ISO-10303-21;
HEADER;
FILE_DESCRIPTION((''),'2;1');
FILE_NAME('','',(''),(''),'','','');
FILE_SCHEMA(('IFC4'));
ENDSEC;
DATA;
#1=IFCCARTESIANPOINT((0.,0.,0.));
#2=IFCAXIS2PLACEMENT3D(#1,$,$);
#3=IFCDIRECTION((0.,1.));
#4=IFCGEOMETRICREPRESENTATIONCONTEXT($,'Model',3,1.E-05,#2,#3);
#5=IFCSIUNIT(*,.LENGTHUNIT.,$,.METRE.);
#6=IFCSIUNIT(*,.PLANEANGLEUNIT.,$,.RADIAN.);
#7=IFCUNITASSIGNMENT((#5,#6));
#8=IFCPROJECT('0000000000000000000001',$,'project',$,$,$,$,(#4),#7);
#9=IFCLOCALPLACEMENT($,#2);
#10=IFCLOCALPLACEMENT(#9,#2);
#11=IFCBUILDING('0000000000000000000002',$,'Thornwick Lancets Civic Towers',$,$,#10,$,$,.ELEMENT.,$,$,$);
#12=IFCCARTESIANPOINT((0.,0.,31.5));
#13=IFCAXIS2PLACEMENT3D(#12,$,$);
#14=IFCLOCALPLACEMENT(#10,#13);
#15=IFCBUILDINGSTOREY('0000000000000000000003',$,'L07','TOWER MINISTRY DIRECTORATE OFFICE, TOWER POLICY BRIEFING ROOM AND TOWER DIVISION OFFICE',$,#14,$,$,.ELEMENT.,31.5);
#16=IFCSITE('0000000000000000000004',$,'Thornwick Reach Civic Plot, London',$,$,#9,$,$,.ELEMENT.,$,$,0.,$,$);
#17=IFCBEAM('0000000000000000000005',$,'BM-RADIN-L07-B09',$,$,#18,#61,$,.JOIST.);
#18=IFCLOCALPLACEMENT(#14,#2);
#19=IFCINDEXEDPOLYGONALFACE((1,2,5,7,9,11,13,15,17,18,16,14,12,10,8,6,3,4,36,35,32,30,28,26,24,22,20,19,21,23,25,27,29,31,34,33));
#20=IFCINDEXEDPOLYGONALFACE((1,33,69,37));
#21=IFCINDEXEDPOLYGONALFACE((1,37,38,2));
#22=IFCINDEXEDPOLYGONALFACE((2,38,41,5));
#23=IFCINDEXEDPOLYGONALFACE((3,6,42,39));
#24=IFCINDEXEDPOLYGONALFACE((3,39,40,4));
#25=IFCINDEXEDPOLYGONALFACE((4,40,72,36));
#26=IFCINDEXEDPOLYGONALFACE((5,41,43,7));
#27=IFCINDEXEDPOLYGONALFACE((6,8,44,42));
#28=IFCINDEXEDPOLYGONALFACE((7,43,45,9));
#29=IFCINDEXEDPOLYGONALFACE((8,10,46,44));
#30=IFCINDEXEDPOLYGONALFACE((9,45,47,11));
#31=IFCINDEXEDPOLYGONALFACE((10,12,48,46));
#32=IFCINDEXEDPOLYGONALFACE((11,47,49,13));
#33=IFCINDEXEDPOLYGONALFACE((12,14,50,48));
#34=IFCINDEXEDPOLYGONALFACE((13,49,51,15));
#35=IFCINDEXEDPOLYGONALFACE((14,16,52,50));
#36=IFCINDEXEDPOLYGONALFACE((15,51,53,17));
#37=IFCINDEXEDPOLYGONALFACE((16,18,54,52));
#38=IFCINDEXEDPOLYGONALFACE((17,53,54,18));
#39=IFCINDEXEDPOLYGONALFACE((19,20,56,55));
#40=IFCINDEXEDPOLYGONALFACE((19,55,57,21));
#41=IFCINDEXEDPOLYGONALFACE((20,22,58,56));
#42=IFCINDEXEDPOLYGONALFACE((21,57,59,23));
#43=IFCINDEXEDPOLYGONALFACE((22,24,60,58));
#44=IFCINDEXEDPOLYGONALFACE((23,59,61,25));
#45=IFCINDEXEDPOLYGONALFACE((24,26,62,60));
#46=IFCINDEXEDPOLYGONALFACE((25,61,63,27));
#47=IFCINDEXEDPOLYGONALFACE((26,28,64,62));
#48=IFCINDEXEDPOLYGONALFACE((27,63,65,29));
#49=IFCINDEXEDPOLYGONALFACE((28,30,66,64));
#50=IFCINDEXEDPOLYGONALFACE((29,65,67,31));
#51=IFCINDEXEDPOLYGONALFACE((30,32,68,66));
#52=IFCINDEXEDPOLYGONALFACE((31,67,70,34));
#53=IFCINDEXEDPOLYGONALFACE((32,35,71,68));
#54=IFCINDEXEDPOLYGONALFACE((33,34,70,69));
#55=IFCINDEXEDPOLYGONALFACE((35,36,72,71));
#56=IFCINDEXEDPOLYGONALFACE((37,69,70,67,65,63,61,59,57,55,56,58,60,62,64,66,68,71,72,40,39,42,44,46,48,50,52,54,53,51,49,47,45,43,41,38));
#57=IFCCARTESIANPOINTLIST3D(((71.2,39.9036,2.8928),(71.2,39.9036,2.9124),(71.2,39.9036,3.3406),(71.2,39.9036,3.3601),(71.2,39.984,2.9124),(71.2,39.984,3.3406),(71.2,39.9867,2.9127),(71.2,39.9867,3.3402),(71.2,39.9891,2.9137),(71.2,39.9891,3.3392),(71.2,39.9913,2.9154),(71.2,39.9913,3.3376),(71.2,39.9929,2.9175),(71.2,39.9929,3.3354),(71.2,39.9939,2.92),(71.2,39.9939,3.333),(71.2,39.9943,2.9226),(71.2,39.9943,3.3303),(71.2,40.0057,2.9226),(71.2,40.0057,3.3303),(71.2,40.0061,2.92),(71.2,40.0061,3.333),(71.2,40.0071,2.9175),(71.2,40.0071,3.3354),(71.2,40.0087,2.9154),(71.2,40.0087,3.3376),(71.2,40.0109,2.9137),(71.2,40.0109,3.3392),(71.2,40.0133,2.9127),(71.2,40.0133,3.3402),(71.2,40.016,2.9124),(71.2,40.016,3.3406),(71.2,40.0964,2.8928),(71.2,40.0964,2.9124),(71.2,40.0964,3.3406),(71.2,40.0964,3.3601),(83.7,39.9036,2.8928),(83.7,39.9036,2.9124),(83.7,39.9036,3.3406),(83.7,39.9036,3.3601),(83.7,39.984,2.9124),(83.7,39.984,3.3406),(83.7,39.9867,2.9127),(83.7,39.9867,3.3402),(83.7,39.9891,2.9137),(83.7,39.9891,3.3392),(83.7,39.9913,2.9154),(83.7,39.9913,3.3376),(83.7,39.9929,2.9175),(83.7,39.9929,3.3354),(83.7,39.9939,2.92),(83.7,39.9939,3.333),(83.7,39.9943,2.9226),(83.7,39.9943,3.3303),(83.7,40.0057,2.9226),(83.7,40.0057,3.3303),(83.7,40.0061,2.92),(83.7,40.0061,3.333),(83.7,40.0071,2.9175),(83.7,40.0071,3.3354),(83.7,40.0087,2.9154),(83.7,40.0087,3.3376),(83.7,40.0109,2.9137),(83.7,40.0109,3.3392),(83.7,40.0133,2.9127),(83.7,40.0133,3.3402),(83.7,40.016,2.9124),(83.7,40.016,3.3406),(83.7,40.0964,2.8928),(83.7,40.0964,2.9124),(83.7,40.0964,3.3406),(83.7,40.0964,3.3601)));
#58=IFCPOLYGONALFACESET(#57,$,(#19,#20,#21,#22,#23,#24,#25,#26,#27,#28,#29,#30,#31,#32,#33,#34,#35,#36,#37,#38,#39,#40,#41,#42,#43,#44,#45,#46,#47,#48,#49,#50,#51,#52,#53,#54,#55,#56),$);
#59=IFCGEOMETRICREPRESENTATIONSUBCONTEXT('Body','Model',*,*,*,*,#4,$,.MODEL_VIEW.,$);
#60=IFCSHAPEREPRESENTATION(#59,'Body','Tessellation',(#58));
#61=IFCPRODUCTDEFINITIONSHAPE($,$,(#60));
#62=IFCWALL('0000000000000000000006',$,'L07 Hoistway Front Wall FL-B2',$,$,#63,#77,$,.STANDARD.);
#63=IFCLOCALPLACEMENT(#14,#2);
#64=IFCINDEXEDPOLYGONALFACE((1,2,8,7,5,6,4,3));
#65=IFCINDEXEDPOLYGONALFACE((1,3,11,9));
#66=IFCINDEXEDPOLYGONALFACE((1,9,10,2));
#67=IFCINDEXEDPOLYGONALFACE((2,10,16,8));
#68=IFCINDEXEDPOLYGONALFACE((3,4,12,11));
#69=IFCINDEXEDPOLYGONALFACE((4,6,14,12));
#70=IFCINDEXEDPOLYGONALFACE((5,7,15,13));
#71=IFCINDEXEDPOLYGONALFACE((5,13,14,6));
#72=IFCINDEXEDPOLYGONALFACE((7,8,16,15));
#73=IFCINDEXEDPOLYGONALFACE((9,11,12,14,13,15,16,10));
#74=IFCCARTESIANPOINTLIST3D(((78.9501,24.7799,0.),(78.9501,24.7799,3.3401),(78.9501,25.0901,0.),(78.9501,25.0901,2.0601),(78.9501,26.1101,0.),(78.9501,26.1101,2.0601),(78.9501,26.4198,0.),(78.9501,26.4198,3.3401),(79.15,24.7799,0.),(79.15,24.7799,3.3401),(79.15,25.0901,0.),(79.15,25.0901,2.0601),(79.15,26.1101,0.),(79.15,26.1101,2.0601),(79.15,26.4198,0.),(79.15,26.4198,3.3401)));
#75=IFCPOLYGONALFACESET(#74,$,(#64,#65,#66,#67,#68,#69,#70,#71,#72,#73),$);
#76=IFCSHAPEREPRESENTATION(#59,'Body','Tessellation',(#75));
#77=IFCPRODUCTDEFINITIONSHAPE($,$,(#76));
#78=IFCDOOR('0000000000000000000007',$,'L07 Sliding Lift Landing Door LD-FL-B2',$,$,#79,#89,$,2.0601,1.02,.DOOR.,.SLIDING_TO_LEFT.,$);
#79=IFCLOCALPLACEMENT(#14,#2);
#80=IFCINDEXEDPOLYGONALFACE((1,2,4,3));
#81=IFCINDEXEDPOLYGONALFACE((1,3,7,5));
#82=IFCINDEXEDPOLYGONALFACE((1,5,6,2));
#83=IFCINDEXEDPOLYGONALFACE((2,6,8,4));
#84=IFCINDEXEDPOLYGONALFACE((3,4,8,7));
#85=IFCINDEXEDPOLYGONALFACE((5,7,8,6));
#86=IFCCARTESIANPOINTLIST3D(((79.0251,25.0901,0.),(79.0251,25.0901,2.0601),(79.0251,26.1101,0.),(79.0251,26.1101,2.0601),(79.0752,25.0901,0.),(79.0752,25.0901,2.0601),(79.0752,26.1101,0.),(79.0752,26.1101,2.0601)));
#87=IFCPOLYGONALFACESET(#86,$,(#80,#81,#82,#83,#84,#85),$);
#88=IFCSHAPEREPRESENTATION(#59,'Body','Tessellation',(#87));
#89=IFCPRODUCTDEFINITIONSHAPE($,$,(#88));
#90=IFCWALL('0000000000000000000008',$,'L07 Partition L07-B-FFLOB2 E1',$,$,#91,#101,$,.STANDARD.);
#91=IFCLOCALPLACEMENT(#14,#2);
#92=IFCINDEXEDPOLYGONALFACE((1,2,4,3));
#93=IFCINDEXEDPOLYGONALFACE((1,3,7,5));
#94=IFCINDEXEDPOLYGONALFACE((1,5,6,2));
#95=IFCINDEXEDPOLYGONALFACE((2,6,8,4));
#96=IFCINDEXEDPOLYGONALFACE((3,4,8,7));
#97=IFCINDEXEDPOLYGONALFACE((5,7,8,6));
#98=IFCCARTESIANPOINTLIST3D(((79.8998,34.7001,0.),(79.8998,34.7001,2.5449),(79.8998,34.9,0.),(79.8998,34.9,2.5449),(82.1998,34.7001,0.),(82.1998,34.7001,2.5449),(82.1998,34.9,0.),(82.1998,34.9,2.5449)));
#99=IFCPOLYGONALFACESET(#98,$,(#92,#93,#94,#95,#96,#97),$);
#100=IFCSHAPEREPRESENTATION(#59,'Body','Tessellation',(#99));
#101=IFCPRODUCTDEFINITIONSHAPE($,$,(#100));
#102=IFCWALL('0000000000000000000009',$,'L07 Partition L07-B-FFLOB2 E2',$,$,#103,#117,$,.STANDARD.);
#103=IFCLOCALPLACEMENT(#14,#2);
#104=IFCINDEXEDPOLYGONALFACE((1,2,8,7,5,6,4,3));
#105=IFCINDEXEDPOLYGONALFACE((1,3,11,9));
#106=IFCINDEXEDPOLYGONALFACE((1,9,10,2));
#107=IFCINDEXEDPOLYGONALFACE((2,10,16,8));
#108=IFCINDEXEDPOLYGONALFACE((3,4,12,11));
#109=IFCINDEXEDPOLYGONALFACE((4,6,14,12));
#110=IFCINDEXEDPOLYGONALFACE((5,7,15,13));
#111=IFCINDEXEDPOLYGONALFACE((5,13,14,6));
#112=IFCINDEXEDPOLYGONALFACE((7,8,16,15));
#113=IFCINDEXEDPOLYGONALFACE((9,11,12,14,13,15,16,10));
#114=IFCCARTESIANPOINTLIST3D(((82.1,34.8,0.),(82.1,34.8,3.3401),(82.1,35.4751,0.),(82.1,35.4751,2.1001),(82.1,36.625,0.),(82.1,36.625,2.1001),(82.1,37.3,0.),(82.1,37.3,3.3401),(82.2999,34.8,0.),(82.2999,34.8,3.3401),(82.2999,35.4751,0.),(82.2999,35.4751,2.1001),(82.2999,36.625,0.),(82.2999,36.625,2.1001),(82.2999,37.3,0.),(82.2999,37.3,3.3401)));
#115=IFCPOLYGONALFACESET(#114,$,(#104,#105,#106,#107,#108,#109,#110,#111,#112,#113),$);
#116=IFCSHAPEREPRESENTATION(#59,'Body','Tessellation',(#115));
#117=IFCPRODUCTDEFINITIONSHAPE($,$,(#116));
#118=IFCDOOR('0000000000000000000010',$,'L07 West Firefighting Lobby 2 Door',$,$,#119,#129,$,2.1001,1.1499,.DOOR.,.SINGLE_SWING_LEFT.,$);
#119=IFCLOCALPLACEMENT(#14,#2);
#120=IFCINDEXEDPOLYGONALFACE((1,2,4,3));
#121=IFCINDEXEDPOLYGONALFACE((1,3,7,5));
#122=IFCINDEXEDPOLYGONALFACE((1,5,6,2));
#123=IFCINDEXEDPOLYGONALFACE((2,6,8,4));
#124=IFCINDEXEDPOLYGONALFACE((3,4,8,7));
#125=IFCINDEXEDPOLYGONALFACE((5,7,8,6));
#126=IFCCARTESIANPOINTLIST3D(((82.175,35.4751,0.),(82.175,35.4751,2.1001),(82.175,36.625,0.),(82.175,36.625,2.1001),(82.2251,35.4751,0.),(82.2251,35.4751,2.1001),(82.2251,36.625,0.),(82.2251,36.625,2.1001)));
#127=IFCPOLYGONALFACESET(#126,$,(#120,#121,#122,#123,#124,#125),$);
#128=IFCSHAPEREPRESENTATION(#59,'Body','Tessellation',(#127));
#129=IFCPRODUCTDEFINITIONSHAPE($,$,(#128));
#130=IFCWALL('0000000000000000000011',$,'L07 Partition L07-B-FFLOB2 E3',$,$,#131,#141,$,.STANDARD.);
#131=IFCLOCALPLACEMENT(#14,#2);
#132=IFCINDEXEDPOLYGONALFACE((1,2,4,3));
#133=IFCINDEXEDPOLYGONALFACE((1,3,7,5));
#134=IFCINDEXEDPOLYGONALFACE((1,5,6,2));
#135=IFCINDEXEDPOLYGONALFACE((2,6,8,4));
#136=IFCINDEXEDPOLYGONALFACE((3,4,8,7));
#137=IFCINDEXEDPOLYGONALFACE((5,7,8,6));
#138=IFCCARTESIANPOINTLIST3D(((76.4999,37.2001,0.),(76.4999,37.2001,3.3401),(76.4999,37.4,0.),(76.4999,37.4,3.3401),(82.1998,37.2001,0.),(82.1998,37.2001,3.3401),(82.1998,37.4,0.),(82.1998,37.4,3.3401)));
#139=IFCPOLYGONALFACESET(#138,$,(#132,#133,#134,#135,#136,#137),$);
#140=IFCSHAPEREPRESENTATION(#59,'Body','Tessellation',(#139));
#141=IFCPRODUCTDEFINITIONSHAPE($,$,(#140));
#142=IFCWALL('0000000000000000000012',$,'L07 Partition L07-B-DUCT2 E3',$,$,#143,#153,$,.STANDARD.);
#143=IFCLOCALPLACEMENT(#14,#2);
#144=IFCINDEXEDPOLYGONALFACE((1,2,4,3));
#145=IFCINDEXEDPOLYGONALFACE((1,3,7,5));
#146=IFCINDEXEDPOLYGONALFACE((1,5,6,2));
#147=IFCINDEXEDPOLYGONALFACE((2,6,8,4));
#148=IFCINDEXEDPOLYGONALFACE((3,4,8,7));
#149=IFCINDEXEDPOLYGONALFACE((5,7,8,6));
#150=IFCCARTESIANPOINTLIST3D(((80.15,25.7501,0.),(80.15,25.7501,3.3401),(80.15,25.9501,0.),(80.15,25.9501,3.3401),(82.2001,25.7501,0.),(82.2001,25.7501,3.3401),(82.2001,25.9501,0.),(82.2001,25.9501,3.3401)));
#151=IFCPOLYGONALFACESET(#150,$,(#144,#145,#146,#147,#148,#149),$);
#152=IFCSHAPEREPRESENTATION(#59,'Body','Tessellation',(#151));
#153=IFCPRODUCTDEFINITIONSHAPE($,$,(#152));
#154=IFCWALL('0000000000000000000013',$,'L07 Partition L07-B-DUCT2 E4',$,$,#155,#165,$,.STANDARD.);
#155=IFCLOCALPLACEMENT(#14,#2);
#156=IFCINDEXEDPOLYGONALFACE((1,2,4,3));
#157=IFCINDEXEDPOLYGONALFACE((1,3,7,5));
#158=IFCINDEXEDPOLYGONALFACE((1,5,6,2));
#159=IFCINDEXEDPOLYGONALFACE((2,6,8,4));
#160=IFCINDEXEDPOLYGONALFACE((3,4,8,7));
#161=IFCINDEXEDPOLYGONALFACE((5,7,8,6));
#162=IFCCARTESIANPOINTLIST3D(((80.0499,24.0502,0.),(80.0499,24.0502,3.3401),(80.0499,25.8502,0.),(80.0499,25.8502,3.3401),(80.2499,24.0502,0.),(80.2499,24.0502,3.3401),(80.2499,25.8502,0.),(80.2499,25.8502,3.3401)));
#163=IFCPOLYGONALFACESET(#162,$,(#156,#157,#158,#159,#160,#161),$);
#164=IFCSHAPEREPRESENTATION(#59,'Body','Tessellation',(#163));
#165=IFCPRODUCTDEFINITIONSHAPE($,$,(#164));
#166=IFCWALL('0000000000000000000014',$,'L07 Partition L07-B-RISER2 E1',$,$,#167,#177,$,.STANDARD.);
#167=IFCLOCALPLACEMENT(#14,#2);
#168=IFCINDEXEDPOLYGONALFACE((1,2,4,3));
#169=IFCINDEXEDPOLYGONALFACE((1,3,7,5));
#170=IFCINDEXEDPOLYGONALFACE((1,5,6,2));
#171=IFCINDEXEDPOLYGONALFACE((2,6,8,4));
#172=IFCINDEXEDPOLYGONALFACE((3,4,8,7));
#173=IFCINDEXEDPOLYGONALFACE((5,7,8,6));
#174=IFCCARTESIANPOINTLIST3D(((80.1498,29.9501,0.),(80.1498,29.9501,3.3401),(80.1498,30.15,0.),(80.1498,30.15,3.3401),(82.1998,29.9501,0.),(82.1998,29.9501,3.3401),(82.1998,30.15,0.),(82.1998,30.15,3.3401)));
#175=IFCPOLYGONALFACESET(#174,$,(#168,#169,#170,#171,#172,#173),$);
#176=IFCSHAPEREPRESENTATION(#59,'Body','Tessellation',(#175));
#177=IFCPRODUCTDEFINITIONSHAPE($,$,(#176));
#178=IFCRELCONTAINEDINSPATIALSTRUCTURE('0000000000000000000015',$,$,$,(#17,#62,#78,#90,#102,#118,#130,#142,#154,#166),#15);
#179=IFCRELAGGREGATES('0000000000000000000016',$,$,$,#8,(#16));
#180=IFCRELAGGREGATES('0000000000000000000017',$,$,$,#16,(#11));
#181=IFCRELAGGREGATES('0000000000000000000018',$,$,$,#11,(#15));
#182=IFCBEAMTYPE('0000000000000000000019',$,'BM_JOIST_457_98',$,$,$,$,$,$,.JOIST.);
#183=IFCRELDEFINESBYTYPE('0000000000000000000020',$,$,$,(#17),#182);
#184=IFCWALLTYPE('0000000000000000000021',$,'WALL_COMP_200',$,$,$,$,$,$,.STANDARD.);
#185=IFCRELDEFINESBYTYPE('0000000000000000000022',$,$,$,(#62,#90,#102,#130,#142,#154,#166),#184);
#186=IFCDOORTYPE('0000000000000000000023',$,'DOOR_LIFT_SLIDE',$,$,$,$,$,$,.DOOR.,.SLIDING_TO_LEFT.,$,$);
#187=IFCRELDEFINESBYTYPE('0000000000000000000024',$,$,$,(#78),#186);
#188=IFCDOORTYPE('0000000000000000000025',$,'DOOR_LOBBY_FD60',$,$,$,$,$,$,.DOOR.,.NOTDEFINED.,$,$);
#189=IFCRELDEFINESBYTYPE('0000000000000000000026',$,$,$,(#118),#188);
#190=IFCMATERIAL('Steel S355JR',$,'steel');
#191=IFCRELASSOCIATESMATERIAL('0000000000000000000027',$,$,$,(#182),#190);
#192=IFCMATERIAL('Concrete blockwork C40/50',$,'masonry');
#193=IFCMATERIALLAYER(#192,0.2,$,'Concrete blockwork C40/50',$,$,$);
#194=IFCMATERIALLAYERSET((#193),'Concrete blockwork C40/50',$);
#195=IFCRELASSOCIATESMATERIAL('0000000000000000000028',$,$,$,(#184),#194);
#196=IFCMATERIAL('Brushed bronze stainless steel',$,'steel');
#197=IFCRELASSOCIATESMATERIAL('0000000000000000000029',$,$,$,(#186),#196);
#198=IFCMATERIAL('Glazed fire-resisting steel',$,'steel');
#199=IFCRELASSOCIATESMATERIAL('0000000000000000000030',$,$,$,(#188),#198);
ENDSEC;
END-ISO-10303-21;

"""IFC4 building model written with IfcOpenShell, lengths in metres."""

from ifc_helpers import new_model, si_unit, direction, frame, frame_2d, origin, origin_2d, place, context, subcontext, project, spatial, rectangle, i_section, extrude, material, layer, layer_set, material_profile, profile_set, type_object, element, fill, save


model = new_model("IFC4")

# Units and contexts
model_context = context("Model", 3, precision=1e-05, world=origin(), true_north=direction((0.0, 1.0)))
body_context = subcontext(model_context, "Body", "Model", "MODEL_VIEW")
ifc_project = project(units=[si_unit("LENGTHUNIT", "METRE"), si_unit("PLANEANGLEUNIT", "RADIAN")], contexts=[model_context])

# Site, building, storey
site_placement = place(None, origin())
site = spatial("IfcSite", under=ifc_project, at=site_placement, Name="Thornwick Reach Civic Plot, London", CompositionType="ELEMENT", RefElevation=0.0)
building_placement = place(site_placement, origin())
building = spatial("IfcBuilding", under=site, at=building_placement, Name="Thornwick Lancets Civic Towers", CompositionType="ELEMENT")
storey_placement = place(building_placement, frame((0.0, 0.0, 31.5)))
storey = spatial("IfcBuildingStorey", under=building, at=storey_placement, Name="L07", Description="TOWER MINISTRY DIRECTORATE OFFICE, TOWER POLICY BRIEFING ROOM AND TOWER DIVISION OFFICE", CompositionType="ELEMENT", Elevation=31.5)

# Beam
ifc_material_1 = material(Name="Steel S355JR", Category="steel")
ifc_material_profile_1 = material_profile(ifc_material_1, i_section(OverallWidth=0.1929, OverallDepth=0.4673, WebThickness=0.0115, FlangeThickness=0.0195, FilletRadius=0.0103, at=origin_2d()), Name="UKB 457x191x98")
ifc_profile_set_1 = profile_set([ifc_material_profile_1], Name="Steel S355JR")
beam_type_1 = type_object("IfcBeamType", Name="BM_JOIST_457_98", PredefinedType="JOIST", material=ifc_profile_set_1)
beam_1_placement = place(storey_placement, frame((83.7, 40.0, 3.1265), z_axis=(-1.0, 0.0, 0.0), x_axis=(0.0, -1.0, 0.0)))
element("IfcBeam", 1, at=beam_1_placement, inside=storey, type_object=beam_type_1, Name="BM-RADIN-L07-B09", PredefinedType="JOIST", context=body_context, shape_type="SweptSolid", body=[
    extrude(i_section(OverallWidth=0.1929, OverallDepth=0.4673, WebThickness=0.0115, FlangeThickness=0.0195, FilletRadius=0.0103, at=origin_2d()), origin(), (0.0, 0.0, 1.0), 12.5),
])

# Wall, opening, door
ifc_material_2 = material(Name="Concrete blockwork C40/50", Category="masonry")
ifc_layer_1 = layer(ifc_material_2, 0.2, Name="Concrete blockwork C40/50")
ifc_layer_set_1 = layer_set([ifc_layer_1], Name="Concrete blockwork C40/50")
wall_type_1 = type_object("IfcWallType", Name="WALL_COMP_200", PredefinedType="STANDARD", material=ifc_layer_set_1)
wall_1_placement = place(storey_placement, frame((79.05, 24.78, 0.0), z_axis=(0.0, 0.0, 1.0), x_axis=(0.0, 1.0, 0.0)))
wall_1 = element("IfcWall", 2, at=wall_1_placement, inside=storey, type_object=wall_type_1, Name="L07 Hoistway Front Wall FL-B2", PredefinedType="STANDARD", context=body_context, shape_type="SweptSolid", body=[
    extrude(rectangle(XDim=1.6399, YDim=0.2, at=frame_2d((0.8198, 0.0))), origin(), (0.0, 0.0, 1.0), 3.3401),
])
opening_1_placement = place(wall_1_placement, frame((0.3101, 0.0, 0.0)))
opening_1 = element("IfcOpeningElement", 3, at=opening_1_placement, cuts=wall_1, PredefinedType="OPENING", context=body_context, shape_type="SweptSolid", body=[
    extrude(rectangle(XDim=1.02, YDim=2.0601, at=frame_2d((0.51, 1.03))), frame((0.0, 0.1099, 0.0), z_axis=(0.0, -1.0, 0.0), x_axis=(1.0, 0.0, 0.0)), (0.0, 0.0, 1.0), 0.22),
])
ifc_material_3 = material(Name="Brushed bronze stainless steel", Category="steel")
door_type_1 = type_object("IfcDoorType", Name="DOOR_LIFT_SLIDE", OperationType="SLIDING_TO_LEFT", PredefinedType="DOOR", material=ifc_material_3)
door_1_placement = place(opening_1_placement, origin())
door_1 = element("IfcDoor", 4, at=door_1_placement, inside=storey, type_object=door_type_1, Name="L07 Sliding Lift Landing Door LD-FL-B2", OperationType="SLIDING_TO_LEFT", OverallHeight=2.0601, OverallWidth=1.02, PredefinedType="DOOR", context=body_context, shape_type="SweptSolid", body=[
    extrude(rectangle(XDim=1.02, YDim=2.0601, at=frame_2d((0.51, 1.03))), frame((0.0, 0.0249, 0.0), z_axis=(0.0, -1.0, 0.0), x_axis=(1.0, 0.0, 0.0)), (0.0, 0.0, 1.0), 0.05),
])
fill(opening_1, door_1)

# Wall
wall_2_placement = place(storey_placement, frame((79.8999, 34.8, 0.0), z_axis=(0.0, 0.0, 1.0), x_axis=(1.0, 0.0, 0.0)))
element("IfcWall", 5, at=wall_2_placement, inside=storey, type_object=wall_type_1, Name="L07 Partition L07-B-FFLOB2 E1", PredefinedType="STANDARD", context=body_context, shape_type="SweptSolid", body=[
    extrude(rectangle(XDim=2.3, YDim=0.2, at=frame_2d((1.1499, 0.0))), origin(), (0.0, 0.0, 1.0), 2.5449),
])

# Wall, opening, door
wall_3_placement = place(storey_placement, frame((82.2, 34.8, 0.0), z_axis=(0.0, 0.0, 1.0), x_axis=(0.0, 1.0, 0.0)))
wall_3 = element("IfcWall", 6, at=wall_3_placement, inside=storey, type_object=wall_type_1, Name="L07 Partition L07-B-FFLOB2 E2", PredefinedType="STANDARD", context=body_context, shape_type="SweptSolid", body=[
    extrude(rectangle(XDim=2.5, YDim=0.2, at=frame_2d((1.25, 0.0))), origin(), (0.0, 0.0, 1.0), 3.3401),
])
opening_2_placement = place(wall_3_placement, frame((0.675, 0.0, 0.0)))
opening_2 = element("IfcOpeningElement", 7, at=opening_2_placement, cuts=wall_3, PredefinedType="OPENING", context=body_context, shape_type="SweptSolid", body=[
    extrude(rectangle(XDim=1.1499, YDim=2.1001, at=frame_2d((0.575, 1.05))), frame((0.0, 0.1099, 0.0), z_axis=(0.0, -1.0, 0.0), x_axis=(1.0, 0.0, 0.0)), (0.0, 0.0, 1.0), 0.22),
])
ifc_material_4 = material(Name="Glazed fire-resisting steel", Category="steel")
door_type_2 = type_object("IfcDoorType", Name="DOOR_LOBBY_FD60", OperationType="NOTDEFINED", PredefinedType="DOOR", material=ifc_material_4)
door_2_placement = place(opening_2_placement, origin())
door_2 = element("IfcDoor", 8, at=door_2_placement, inside=storey, type_object=door_type_2, Name="L07 West Firefighting Lobby 2 Door", OperationType="SINGLE_SWING_LEFT", OverallHeight=2.1001, OverallWidth=1.1499, PredefinedType="DOOR", context=body_context, shape_type="SweptSolid", body=[
    extrude(rectangle(XDim=1.1499, YDim=2.1001, at=frame_2d((0.575, 1.05))), frame((0.0, 0.0249, 0.0), z_axis=(0.0, -1.0, 0.0), x_axis=(1.0, 0.0, 0.0)), (0.0, 0.0, 1.0), 0.05),
])
fill(opening_2, door_2)

# Walls
wall_4_placement = place(storey_placement, frame((82.2, 37.3, 0.0), z_axis=(0.0, 0.0, 1.0), x_axis=(-1.0, 0.0, 0.0)))
element("IfcWall", 9, at=wall_4_placement, inside=storey, type_object=wall_type_1, Name="L07 Partition L07-B-FFLOB2 E3", PredefinedType="STANDARD", context=body_context, shape_type="SweptSolid", body=[
    extrude(rectangle(XDim=5.7, YDim=0.2, at=frame_2d((2.8501, 0.0))), origin(), (0.0, 0.0, 1.0), 3.3401),
])
wall_5_placement = place(storey_placement, frame((82.2, 25.8501, 0.0), z_axis=(0.0, 0.0, 1.0), x_axis=(-1.0, 0.0, 0.0)))
element("IfcWall", 10, at=wall_5_placement, inside=storey, type_object=wall_type_1, Name="L07 Partition L07-B-DUCT2 E3", PredefinedType="STANDARD", context=body_context, shape_type="SweptSolid", body=[
    extrude(rectangle(XDim=2.05, YDim=0.2, at=frame_2d((1.0249, 0.0))), origin(), (0.0, 0.0, 1.0), 3.3401),
])
wall_6_placement = place(storey_placement, frame((80.1499, 25.8501, 0.0), z_axis=(0.0, 0.0, 1.0), x_axis=(0.0, -1.0, 0.0)))
element("IfcWall", 11, at=wall_6_placement, inside=storey, type_object=wall_type_1, Name="L07 Partition L07-B-DUCT2 E4", PredefinedType="STANDARD", context=body_context, shape_type="SweptSolid", body=[
    extrude(rectangle(XDim=1.8, YDim=0.2, at=frame_2d((0.8999, 0.0))), origin(), (0.0, 0.0, 1.0), 3.3401),
])
wall_7_placement = place(storey_placement, frame((80.1499, 30.05, 0.0), z_axis=(0.0, 0.0, 1.0), x_axis=(1.0, 0.0, 0.0)))
element("IfcWall", 12, at=wall_7_placement, inside=storey, type_object=wall_type_1, Name="L07 Partition L07-B-RISER2 E1", PredefinedType="STANDARD", context=body_context, shape_type="SweptSolid", body=[
    extrude(rectangle(XDim=2.05, YDim=0.2, at=frame_2d((1.0249, 0.0))), origin(), (0.0, 0.0, 1.0), 3.3401),
])

save(model, "model.ifc")
